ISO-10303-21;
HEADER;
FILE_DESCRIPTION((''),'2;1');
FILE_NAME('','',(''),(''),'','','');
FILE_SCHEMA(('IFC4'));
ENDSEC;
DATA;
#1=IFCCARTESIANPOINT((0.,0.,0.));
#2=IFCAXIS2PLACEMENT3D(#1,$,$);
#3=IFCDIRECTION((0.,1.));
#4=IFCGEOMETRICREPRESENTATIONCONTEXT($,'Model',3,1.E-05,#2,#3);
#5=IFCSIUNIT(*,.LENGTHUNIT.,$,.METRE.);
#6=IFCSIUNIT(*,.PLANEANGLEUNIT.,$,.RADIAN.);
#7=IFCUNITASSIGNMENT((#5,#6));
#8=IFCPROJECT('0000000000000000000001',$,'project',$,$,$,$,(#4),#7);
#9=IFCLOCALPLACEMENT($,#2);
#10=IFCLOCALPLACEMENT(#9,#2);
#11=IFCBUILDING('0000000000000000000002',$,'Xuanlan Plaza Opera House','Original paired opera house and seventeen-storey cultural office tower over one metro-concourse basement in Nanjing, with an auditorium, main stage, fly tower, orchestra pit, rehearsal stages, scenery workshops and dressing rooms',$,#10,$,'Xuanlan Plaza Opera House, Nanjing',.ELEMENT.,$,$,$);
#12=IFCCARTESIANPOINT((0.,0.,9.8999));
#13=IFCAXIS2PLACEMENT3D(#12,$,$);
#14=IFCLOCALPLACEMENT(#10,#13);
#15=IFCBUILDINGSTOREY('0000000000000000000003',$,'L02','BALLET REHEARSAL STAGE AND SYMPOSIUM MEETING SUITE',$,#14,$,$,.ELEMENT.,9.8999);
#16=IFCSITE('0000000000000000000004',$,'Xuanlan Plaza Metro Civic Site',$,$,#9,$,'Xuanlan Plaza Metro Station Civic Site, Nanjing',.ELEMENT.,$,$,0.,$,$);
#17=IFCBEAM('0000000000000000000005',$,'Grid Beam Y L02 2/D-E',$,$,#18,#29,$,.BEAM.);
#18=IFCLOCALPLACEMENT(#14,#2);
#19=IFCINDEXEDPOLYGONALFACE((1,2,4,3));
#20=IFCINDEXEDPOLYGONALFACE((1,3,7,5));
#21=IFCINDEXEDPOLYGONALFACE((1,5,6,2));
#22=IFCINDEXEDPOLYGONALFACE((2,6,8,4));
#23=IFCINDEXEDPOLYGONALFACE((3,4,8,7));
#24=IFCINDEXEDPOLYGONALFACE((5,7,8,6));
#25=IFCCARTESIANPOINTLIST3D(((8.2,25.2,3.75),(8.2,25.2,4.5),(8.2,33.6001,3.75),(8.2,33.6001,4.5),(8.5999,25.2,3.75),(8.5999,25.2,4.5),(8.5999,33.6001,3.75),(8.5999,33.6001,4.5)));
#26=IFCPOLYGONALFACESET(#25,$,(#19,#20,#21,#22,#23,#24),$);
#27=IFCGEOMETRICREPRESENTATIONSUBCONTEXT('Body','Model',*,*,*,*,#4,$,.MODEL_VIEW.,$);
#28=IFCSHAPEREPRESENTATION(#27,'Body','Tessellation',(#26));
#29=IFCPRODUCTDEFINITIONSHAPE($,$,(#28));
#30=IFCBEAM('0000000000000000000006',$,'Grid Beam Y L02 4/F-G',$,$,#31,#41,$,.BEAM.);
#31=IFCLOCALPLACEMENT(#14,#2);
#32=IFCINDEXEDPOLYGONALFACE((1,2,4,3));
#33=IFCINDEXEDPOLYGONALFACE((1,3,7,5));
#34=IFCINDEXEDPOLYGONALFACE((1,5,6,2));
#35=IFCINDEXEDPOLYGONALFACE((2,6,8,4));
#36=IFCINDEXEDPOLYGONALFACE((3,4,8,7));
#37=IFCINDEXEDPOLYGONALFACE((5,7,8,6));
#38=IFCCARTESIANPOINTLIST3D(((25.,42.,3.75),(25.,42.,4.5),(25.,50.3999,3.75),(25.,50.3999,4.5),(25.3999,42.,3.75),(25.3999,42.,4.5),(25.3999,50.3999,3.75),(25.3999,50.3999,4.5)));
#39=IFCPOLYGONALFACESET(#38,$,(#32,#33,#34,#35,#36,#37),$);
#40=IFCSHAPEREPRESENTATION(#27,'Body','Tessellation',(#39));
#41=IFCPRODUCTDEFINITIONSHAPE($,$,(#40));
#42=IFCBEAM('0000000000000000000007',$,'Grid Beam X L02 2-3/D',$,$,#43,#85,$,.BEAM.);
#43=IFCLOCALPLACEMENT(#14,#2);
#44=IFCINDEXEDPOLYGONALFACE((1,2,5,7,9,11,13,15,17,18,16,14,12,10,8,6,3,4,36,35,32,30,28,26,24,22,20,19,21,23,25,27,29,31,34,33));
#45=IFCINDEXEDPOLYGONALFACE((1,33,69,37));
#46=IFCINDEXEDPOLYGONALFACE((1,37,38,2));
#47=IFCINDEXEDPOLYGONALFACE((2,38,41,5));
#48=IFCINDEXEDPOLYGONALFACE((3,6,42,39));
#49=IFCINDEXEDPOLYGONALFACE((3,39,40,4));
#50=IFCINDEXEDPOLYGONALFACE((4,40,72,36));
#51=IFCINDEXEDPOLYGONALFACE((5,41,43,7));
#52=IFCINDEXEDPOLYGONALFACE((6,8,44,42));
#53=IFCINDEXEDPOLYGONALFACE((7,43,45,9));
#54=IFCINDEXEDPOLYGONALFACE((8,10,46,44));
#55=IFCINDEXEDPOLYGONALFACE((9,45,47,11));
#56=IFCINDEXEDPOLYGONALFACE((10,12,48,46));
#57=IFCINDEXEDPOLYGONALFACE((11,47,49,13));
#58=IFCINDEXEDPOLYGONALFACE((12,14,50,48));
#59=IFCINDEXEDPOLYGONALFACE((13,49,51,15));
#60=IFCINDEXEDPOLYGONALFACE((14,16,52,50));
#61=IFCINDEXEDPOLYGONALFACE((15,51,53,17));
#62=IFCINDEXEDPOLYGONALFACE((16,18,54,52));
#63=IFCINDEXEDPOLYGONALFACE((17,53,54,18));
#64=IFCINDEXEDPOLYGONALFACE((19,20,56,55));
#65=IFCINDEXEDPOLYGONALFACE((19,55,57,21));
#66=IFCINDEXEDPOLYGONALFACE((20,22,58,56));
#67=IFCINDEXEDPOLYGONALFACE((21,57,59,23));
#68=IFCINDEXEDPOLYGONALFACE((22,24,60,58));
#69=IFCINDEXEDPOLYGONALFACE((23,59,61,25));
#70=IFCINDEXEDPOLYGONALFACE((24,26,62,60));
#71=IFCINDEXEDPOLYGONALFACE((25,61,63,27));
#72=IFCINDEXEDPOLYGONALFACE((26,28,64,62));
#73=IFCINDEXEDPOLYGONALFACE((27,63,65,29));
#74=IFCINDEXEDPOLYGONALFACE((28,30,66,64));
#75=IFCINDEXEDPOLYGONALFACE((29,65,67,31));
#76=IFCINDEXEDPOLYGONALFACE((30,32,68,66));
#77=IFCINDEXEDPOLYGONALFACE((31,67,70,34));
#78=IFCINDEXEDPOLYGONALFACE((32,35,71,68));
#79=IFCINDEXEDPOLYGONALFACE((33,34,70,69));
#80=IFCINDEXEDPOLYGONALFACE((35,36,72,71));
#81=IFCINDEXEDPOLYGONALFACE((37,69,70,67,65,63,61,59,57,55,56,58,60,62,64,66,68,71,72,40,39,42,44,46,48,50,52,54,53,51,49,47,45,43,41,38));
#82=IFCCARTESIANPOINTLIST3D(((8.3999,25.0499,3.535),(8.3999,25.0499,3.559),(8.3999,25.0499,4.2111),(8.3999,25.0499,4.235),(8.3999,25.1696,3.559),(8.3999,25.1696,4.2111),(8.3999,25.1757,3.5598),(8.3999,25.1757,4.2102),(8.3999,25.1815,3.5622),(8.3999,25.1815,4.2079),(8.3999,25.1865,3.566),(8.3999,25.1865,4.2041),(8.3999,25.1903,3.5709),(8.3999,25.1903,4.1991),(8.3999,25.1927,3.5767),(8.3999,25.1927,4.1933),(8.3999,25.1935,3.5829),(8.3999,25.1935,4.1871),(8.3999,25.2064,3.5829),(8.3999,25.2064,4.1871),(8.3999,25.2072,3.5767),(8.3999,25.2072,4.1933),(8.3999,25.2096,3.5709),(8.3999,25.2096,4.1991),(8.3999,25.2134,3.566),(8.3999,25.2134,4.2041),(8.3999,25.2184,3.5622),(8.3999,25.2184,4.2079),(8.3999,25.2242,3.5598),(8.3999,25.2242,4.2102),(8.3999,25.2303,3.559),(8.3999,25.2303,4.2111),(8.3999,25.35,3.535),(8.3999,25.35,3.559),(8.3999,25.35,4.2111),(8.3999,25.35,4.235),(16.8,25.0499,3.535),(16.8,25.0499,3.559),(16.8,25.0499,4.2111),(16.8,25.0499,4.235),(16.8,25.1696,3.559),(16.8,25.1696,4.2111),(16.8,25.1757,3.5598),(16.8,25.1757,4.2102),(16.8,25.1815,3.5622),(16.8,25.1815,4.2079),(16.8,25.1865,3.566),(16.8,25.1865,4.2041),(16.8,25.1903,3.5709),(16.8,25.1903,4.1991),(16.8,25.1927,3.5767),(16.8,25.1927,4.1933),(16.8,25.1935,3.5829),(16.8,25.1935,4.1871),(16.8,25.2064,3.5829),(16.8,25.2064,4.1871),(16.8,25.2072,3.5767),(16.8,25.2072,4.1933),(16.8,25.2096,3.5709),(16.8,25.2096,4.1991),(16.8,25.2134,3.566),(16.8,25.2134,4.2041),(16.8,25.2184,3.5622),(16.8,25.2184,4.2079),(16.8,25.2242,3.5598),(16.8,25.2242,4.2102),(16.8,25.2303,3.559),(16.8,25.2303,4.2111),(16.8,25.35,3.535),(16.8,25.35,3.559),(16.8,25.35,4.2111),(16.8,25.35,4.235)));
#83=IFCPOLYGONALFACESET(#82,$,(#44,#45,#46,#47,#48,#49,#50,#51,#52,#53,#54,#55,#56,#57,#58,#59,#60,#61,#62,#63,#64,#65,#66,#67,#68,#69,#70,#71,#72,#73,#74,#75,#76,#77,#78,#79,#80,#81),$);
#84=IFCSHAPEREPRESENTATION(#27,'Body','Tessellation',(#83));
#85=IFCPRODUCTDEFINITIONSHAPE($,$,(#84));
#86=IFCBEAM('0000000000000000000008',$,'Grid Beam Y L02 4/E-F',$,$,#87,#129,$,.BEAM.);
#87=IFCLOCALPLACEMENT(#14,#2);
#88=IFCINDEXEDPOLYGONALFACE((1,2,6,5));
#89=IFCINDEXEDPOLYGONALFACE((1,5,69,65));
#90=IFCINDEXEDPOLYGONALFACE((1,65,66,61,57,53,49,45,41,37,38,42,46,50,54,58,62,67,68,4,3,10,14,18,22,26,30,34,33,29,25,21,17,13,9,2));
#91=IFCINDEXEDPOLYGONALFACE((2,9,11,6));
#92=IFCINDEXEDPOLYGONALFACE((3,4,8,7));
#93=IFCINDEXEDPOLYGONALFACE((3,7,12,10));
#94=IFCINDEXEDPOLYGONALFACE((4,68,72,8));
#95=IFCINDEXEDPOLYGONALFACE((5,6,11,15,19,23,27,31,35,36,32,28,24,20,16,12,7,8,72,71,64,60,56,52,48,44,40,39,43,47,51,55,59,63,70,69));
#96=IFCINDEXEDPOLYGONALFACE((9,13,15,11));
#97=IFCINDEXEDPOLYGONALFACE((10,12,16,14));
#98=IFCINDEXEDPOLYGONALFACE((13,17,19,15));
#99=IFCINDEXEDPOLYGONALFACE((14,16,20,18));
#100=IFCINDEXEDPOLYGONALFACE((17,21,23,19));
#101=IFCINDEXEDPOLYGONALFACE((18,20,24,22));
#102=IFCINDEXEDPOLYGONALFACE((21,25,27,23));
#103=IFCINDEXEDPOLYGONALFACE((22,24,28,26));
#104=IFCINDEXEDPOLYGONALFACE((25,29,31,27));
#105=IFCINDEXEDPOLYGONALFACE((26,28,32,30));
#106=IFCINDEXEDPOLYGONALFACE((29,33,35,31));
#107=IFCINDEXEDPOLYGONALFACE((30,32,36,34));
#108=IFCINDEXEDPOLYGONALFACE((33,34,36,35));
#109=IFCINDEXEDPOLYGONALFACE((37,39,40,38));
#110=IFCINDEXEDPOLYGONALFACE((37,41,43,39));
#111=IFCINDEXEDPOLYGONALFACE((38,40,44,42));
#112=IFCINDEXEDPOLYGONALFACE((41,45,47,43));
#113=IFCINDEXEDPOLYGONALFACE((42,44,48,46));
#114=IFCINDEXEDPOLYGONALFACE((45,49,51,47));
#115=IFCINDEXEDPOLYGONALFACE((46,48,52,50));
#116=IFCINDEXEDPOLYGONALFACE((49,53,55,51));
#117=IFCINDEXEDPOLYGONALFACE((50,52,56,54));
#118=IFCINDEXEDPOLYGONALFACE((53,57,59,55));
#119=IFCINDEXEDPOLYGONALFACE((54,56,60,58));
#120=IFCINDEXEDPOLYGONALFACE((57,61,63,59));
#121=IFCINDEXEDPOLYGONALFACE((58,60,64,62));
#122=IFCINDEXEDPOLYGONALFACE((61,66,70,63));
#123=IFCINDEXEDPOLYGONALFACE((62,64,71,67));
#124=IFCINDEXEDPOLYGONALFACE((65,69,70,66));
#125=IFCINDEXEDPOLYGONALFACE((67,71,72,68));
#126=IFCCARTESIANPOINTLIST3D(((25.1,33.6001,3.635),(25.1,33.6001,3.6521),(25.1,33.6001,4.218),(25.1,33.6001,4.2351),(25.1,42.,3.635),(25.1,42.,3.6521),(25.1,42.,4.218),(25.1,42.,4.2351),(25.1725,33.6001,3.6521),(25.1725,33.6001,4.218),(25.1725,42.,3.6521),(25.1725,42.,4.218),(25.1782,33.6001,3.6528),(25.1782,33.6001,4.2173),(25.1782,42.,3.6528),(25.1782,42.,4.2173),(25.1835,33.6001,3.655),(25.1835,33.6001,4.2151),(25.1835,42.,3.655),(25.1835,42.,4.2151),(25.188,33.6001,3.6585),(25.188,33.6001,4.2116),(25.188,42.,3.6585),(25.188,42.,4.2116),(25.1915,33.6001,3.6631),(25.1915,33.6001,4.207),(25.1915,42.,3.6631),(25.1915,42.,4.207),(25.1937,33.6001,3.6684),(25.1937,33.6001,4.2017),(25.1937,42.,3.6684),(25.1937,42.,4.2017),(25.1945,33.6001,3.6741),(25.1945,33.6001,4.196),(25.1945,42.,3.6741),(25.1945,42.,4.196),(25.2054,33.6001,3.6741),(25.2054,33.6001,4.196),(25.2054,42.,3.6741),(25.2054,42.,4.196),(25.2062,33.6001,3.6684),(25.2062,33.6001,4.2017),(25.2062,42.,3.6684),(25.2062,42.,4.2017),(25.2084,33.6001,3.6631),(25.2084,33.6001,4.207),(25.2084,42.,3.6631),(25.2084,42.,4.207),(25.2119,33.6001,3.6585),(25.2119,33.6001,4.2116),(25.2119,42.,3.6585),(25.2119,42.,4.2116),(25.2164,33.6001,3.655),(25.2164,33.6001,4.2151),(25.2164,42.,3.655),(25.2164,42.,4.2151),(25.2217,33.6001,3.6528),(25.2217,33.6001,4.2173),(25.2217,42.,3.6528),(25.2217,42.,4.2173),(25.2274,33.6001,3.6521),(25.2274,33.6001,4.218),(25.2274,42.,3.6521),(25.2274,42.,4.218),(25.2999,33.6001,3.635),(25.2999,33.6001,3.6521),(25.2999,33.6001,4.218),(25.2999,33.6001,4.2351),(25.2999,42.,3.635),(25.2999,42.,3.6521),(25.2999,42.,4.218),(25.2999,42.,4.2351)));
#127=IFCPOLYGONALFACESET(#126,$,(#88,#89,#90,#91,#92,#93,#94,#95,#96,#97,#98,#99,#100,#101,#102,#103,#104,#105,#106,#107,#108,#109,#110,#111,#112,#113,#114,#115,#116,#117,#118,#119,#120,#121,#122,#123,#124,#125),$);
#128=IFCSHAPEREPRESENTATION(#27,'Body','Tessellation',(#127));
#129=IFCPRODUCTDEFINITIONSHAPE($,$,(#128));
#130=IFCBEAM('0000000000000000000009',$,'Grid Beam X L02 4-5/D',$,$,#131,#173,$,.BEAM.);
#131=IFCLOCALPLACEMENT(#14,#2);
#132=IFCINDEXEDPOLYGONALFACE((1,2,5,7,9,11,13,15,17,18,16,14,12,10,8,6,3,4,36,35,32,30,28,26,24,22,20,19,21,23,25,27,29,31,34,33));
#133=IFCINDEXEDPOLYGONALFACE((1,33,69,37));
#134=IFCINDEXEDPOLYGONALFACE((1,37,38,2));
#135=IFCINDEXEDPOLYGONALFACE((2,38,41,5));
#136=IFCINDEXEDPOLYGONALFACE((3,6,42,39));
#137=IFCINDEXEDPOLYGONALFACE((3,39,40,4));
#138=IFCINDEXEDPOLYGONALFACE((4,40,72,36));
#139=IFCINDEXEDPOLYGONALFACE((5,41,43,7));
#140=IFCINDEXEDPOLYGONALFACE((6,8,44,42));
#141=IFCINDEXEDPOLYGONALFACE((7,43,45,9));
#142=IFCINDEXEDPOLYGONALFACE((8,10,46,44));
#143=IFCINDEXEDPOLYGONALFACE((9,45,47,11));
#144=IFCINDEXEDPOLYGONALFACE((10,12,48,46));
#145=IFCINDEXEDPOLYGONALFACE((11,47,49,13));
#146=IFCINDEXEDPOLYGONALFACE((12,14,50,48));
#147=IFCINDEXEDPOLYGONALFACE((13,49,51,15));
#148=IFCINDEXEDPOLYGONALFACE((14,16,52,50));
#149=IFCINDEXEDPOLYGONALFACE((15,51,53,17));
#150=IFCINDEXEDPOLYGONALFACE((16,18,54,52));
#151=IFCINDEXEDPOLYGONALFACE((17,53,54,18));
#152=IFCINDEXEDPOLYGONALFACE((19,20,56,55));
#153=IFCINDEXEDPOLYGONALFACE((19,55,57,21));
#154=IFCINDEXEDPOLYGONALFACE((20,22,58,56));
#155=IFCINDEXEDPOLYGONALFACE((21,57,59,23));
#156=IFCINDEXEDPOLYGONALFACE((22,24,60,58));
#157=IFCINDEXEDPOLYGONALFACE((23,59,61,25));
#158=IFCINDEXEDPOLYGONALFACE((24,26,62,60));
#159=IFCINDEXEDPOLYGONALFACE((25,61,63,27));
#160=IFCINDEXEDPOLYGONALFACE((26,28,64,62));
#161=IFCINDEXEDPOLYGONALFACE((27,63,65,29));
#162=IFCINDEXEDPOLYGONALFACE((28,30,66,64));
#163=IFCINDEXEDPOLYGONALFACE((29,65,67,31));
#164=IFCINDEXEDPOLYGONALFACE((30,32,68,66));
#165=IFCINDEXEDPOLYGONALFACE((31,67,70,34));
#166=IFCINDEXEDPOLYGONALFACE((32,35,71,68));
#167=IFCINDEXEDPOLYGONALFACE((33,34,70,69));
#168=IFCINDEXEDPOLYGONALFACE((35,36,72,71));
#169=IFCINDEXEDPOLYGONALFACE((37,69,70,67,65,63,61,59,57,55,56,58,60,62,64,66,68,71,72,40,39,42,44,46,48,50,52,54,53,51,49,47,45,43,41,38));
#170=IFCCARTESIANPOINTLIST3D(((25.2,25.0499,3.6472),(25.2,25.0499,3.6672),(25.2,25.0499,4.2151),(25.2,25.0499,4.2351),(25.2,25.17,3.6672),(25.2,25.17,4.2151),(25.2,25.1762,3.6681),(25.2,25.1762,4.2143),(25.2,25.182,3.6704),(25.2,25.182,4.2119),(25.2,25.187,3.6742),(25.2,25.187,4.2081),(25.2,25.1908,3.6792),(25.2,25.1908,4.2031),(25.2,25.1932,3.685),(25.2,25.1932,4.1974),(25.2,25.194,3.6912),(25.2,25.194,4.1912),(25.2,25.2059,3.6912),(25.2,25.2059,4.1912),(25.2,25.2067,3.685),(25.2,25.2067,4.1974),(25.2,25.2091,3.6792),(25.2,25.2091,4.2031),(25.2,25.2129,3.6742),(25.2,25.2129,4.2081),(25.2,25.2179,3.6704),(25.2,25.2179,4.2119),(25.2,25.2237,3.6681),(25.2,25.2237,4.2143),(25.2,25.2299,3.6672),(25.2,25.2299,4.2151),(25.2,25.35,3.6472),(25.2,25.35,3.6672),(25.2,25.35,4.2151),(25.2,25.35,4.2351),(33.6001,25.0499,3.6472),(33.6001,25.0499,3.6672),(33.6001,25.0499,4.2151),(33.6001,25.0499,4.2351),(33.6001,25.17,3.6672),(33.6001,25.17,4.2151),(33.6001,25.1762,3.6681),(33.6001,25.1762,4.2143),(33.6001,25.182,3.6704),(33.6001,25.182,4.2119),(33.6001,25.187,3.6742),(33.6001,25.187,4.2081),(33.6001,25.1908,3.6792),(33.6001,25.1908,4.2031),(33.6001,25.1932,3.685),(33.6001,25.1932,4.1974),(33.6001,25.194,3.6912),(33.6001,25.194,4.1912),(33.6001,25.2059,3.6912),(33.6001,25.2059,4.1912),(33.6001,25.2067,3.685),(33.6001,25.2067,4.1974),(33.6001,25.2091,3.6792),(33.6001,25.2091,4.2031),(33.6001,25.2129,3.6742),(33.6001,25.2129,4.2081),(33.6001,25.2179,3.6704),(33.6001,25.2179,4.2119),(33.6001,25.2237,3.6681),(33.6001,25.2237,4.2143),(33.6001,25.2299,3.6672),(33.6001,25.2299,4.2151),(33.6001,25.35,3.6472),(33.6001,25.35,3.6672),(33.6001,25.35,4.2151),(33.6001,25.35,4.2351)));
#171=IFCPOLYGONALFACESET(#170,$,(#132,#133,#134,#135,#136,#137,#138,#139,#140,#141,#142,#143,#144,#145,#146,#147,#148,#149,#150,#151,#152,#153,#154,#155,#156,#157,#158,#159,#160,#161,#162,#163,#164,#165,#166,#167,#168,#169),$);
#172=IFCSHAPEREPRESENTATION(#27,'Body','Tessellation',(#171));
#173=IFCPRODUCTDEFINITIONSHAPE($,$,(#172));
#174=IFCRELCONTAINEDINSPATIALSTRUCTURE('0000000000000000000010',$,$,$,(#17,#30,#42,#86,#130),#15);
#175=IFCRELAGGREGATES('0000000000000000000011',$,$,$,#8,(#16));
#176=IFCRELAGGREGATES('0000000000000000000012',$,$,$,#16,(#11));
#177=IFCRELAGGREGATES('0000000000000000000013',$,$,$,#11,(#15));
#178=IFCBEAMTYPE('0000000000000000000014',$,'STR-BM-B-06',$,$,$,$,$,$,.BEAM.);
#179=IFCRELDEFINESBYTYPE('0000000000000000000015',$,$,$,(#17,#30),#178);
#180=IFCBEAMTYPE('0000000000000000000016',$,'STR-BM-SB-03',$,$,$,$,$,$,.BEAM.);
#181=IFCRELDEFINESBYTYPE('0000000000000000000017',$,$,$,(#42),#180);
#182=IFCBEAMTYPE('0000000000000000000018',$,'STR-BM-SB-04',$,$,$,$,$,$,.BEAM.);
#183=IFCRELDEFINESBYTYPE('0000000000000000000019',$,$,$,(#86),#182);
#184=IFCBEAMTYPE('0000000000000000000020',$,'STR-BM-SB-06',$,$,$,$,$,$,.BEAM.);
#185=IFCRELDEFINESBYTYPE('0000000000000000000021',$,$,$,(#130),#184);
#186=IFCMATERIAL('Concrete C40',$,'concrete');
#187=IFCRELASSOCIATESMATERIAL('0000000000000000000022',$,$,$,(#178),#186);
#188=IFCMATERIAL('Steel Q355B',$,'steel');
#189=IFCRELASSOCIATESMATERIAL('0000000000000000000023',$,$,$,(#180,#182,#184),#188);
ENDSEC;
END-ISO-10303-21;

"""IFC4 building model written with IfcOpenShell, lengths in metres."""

from ifc_helpers import new_model, si_unit, direction, frame, origin, origin_2d, place, context, subcontext, project, spatial, rectangle, i_section, extrude, material, material_profile, profile_set, type_object, element, save


model = new_model("IFC4")

# Units and contexts
model_context = context("Model", 3, precision=1e-05, world=origin(), true_north=direction((0.0, 1.0)))
body_context = subcontext(model_context, "Body", "Model", "MODEL_VIEW")
ifc_project = project(units=[si_unit("LENGTHUNIT", "METRE"), si_unit("PLANEANGLEUNIT", "RADIAN")], contexts=[model_context])

# Site, building, storey
site_placement = place(None, origin())
site = spatial("IfcSite", under=ifc_project, at=site_placement, Name="Xuanlan Plaza Metro Civic Site", LongName="Xuanlan Plaza Metro Station Civic Site, Nanjing", CompositionType="ELEMENT", RefElevation=0.0)
building_placement = place(site_placement, origin())
building = spatial("IfcBuilding", under=site, at=building_placement, Name="Xuanlan Plaza Opera House", Description="Original paired opera house and seventeen-storey cultural office tower over one metro-concourse basement in Nanjing, with an auditorium, main stage, fly tower, orchestra pit, rehearsal stages, scenery workshops and dressing rooms", LongName="Xuanlan Plaza Opera House, Nanjing", CompositionType="ELEMENT")
storey_placement = place(building_placement, frame((0.0, 0.0, 9.8999)))
storey = spatial("IfcBuildingStorey", under=building, at=storey_placement, Name="L02", Description="BALLET REHEARSAL STAGE AND SYMPOSIUM MEETING SUITE", CompositionType="ELEMENT", Elevation=9.8999)

# Shared definitions
ifc_material_1 = material(Name="Concrete C40", Category="concrete")

# Beams
ifc_material_profile_1 = material_profile(ifc_material_1, rectangle(XDim=0.3999, YDim=0.75, at=origin_2d()), Name="RC-BM 400x750")
ifc_profile_set_1 = profile_set([ifc_material_profile_1], Name="Concrete C40")
beam_type_1 = type_object("IfcBeamType", Name="STR-BM-B-06", PredefinedType="BEAM", material=ifc_profile_set_1)
beam_1_placement = place(storey_placement, frame((8.3999, 25.2, 4.125), z_axis=(0.0, 1.0, 0.0), x_axis=(-1.0, 0.0, 0.0)))
element("IfcBeam", 1, at=beam_1_placement, inside=storey, type_object=beam_type_1, Name="Grid Beam Y L02 2/D-E", PredefinedType="BEAM", context=body_context, shape_type="SweptSolid", body=[
    extrude(rectangle(XDim=0.3999, YDim=0.75, at=origin_2d()), origin(), (0.0, 0.0, 1.0), 8.4001),
])
beam_2_placement = place(storey_placement, frame((25.2, 42.0, 4.125), z_axis=(0.0, 1.0, 0.0), x_axis=(-1.0, 0.0, 0.0)))
element("IfcBeam", 2, at=beam_2_placement, inside=storey, type_object=beam_type_1, Name="Grid Beam Y L02 4/F-G", PredefinedType="BEAM", context=body_context, shape_type="SweptSolid", body=[
    extrude(rectangle(XDim=0.3999, YDim=0.75, at=origin_2d()), origin(), (0.0, 0.0, 1.0), 8.3999),
])
ifc_material_2 = material(Name="Steel Q355B", Category="steel")
ifc_material_profile_2 = material_profile(ifc_material_2, i_section(OverallWidth=0.3, OverallDepth=0.7, WebThickness=0.0129, FlangeThickness=0.0239, FilletRadius=0.0239, at=origin_2d()), Name="HN 700x300x13x24")
ifc_profile_set_2 = profile_set([ifc_material_profile_2], Name="Steel Q355B")
beam_type_2 = type_object("IfcBeamType", Name="STR-BM-SB-03", PredefinedType="BEAM", material=ifc_profile_set_2)
beam_3_placement = place(storey_placement, frame((8.3999, 25.2, 3.885), z_axis=(1.0, 0.0, 0.0), x_axis=(0.0, 1.0, 0.0)))
element("IfcBeam", 3, at=beam_3_placement, inside=storey, type_object=beam_type_2, Name="Grid Beam X L02 2-3/D", PredefinedType="BEAM", context=body_context, shape_type="SweptSolid", body=[
    extrude(i_section(OverallWidth=0.3, OverallDepth=0.7, WebThickness=0.0129, FlangeThickness=0.0239, FilletRadius=0.0239, at=origin_2d()), origin(), (0.0, 0.0, 1.0), 8.4001),
])
ifc_material_profile_3 = material_profile(ifc_material_2, i_section(OverallWidth=0.2, OverallDepth=0.6001, WebThickness=0.011, FlangeThickness=0.0171, FilletRadius=0.022, at=origin_2d()), Name="HN 600x200x11x17")
ifc_profile_set_3 = profile_set([ifc_material_profile_3], Name="Steel Q355B")
beam_type_3 = type_object("IfcBeamType", Name="STR-BM-SB-04", PredefinedType="BEAM", material=ifc_profile_set_3)
beam_4_placement = place(storey_placement, frame((25.2, 33.6001, 3.9351), z_axis=(0.0, 1.0, 0.0), x_axis=(-1.0, 0.0, 0.0)))
element("IfcBeam", 4, at=beam_4_placement, inside=storey, type_object=beam_type_3, Name="Grid Beam Y L02 4/E-F", PredefinedType="BEAM", context=body_context, shape_type="SweptSolid", body=[
    extrude(i_section(OverallWidth=0.2, OverallDepth=0.6001, WebThickness=0.011, FlangeThickness=0.0171, FilletRadius=0.022, at=origin_2d()), origin(), (0.0, 0.0, 1.0), 8.3999),
])
ifc_material_profile_4 = material_profile(ifc_material_2, i_section(OverallWidth=0.3, OverallDepth=0.5879, WebThickness=0.012, FlangeThickness=0.02, FilletRadius=0.0239, at=origin_2d()), Name="HM 588x300x12x20")
ifc_profile_set_4 = profile_set([ifc_material_profile_4], Name="Steel Q355B")
beam_type_4 = type_object("IfcBeamType", Name="STR-BM-SB-06", PredefinedType="BEAM", material=ifc_profile_set_4)
beam_5_placement = place(storey_placement, frame((25.2, 25.2, 3.9412), z_axis=(1.0, 0.0, 0.0), x_axis=(0.0, 1.0, 0.0)))
element("IfcBeam", 5, at=beam_5_placement, inside=storey, type_object=beam_type_4, Name="Grid Beam X L02 4-5/D", PredefinedType="BEAM", context=body_context, shape_type="SweptSolid", body=[
    extrude(i_section(OverallWidth=0.3, OverallDepth=0.5879, WebThickness=0.012, FlangeThickness=0.02, FilletRadius=0.0239, at=origin_2d()), origin(), (0.0, 0.0, 1.0), 8.4001),
])

save(model, "model.ifc")
